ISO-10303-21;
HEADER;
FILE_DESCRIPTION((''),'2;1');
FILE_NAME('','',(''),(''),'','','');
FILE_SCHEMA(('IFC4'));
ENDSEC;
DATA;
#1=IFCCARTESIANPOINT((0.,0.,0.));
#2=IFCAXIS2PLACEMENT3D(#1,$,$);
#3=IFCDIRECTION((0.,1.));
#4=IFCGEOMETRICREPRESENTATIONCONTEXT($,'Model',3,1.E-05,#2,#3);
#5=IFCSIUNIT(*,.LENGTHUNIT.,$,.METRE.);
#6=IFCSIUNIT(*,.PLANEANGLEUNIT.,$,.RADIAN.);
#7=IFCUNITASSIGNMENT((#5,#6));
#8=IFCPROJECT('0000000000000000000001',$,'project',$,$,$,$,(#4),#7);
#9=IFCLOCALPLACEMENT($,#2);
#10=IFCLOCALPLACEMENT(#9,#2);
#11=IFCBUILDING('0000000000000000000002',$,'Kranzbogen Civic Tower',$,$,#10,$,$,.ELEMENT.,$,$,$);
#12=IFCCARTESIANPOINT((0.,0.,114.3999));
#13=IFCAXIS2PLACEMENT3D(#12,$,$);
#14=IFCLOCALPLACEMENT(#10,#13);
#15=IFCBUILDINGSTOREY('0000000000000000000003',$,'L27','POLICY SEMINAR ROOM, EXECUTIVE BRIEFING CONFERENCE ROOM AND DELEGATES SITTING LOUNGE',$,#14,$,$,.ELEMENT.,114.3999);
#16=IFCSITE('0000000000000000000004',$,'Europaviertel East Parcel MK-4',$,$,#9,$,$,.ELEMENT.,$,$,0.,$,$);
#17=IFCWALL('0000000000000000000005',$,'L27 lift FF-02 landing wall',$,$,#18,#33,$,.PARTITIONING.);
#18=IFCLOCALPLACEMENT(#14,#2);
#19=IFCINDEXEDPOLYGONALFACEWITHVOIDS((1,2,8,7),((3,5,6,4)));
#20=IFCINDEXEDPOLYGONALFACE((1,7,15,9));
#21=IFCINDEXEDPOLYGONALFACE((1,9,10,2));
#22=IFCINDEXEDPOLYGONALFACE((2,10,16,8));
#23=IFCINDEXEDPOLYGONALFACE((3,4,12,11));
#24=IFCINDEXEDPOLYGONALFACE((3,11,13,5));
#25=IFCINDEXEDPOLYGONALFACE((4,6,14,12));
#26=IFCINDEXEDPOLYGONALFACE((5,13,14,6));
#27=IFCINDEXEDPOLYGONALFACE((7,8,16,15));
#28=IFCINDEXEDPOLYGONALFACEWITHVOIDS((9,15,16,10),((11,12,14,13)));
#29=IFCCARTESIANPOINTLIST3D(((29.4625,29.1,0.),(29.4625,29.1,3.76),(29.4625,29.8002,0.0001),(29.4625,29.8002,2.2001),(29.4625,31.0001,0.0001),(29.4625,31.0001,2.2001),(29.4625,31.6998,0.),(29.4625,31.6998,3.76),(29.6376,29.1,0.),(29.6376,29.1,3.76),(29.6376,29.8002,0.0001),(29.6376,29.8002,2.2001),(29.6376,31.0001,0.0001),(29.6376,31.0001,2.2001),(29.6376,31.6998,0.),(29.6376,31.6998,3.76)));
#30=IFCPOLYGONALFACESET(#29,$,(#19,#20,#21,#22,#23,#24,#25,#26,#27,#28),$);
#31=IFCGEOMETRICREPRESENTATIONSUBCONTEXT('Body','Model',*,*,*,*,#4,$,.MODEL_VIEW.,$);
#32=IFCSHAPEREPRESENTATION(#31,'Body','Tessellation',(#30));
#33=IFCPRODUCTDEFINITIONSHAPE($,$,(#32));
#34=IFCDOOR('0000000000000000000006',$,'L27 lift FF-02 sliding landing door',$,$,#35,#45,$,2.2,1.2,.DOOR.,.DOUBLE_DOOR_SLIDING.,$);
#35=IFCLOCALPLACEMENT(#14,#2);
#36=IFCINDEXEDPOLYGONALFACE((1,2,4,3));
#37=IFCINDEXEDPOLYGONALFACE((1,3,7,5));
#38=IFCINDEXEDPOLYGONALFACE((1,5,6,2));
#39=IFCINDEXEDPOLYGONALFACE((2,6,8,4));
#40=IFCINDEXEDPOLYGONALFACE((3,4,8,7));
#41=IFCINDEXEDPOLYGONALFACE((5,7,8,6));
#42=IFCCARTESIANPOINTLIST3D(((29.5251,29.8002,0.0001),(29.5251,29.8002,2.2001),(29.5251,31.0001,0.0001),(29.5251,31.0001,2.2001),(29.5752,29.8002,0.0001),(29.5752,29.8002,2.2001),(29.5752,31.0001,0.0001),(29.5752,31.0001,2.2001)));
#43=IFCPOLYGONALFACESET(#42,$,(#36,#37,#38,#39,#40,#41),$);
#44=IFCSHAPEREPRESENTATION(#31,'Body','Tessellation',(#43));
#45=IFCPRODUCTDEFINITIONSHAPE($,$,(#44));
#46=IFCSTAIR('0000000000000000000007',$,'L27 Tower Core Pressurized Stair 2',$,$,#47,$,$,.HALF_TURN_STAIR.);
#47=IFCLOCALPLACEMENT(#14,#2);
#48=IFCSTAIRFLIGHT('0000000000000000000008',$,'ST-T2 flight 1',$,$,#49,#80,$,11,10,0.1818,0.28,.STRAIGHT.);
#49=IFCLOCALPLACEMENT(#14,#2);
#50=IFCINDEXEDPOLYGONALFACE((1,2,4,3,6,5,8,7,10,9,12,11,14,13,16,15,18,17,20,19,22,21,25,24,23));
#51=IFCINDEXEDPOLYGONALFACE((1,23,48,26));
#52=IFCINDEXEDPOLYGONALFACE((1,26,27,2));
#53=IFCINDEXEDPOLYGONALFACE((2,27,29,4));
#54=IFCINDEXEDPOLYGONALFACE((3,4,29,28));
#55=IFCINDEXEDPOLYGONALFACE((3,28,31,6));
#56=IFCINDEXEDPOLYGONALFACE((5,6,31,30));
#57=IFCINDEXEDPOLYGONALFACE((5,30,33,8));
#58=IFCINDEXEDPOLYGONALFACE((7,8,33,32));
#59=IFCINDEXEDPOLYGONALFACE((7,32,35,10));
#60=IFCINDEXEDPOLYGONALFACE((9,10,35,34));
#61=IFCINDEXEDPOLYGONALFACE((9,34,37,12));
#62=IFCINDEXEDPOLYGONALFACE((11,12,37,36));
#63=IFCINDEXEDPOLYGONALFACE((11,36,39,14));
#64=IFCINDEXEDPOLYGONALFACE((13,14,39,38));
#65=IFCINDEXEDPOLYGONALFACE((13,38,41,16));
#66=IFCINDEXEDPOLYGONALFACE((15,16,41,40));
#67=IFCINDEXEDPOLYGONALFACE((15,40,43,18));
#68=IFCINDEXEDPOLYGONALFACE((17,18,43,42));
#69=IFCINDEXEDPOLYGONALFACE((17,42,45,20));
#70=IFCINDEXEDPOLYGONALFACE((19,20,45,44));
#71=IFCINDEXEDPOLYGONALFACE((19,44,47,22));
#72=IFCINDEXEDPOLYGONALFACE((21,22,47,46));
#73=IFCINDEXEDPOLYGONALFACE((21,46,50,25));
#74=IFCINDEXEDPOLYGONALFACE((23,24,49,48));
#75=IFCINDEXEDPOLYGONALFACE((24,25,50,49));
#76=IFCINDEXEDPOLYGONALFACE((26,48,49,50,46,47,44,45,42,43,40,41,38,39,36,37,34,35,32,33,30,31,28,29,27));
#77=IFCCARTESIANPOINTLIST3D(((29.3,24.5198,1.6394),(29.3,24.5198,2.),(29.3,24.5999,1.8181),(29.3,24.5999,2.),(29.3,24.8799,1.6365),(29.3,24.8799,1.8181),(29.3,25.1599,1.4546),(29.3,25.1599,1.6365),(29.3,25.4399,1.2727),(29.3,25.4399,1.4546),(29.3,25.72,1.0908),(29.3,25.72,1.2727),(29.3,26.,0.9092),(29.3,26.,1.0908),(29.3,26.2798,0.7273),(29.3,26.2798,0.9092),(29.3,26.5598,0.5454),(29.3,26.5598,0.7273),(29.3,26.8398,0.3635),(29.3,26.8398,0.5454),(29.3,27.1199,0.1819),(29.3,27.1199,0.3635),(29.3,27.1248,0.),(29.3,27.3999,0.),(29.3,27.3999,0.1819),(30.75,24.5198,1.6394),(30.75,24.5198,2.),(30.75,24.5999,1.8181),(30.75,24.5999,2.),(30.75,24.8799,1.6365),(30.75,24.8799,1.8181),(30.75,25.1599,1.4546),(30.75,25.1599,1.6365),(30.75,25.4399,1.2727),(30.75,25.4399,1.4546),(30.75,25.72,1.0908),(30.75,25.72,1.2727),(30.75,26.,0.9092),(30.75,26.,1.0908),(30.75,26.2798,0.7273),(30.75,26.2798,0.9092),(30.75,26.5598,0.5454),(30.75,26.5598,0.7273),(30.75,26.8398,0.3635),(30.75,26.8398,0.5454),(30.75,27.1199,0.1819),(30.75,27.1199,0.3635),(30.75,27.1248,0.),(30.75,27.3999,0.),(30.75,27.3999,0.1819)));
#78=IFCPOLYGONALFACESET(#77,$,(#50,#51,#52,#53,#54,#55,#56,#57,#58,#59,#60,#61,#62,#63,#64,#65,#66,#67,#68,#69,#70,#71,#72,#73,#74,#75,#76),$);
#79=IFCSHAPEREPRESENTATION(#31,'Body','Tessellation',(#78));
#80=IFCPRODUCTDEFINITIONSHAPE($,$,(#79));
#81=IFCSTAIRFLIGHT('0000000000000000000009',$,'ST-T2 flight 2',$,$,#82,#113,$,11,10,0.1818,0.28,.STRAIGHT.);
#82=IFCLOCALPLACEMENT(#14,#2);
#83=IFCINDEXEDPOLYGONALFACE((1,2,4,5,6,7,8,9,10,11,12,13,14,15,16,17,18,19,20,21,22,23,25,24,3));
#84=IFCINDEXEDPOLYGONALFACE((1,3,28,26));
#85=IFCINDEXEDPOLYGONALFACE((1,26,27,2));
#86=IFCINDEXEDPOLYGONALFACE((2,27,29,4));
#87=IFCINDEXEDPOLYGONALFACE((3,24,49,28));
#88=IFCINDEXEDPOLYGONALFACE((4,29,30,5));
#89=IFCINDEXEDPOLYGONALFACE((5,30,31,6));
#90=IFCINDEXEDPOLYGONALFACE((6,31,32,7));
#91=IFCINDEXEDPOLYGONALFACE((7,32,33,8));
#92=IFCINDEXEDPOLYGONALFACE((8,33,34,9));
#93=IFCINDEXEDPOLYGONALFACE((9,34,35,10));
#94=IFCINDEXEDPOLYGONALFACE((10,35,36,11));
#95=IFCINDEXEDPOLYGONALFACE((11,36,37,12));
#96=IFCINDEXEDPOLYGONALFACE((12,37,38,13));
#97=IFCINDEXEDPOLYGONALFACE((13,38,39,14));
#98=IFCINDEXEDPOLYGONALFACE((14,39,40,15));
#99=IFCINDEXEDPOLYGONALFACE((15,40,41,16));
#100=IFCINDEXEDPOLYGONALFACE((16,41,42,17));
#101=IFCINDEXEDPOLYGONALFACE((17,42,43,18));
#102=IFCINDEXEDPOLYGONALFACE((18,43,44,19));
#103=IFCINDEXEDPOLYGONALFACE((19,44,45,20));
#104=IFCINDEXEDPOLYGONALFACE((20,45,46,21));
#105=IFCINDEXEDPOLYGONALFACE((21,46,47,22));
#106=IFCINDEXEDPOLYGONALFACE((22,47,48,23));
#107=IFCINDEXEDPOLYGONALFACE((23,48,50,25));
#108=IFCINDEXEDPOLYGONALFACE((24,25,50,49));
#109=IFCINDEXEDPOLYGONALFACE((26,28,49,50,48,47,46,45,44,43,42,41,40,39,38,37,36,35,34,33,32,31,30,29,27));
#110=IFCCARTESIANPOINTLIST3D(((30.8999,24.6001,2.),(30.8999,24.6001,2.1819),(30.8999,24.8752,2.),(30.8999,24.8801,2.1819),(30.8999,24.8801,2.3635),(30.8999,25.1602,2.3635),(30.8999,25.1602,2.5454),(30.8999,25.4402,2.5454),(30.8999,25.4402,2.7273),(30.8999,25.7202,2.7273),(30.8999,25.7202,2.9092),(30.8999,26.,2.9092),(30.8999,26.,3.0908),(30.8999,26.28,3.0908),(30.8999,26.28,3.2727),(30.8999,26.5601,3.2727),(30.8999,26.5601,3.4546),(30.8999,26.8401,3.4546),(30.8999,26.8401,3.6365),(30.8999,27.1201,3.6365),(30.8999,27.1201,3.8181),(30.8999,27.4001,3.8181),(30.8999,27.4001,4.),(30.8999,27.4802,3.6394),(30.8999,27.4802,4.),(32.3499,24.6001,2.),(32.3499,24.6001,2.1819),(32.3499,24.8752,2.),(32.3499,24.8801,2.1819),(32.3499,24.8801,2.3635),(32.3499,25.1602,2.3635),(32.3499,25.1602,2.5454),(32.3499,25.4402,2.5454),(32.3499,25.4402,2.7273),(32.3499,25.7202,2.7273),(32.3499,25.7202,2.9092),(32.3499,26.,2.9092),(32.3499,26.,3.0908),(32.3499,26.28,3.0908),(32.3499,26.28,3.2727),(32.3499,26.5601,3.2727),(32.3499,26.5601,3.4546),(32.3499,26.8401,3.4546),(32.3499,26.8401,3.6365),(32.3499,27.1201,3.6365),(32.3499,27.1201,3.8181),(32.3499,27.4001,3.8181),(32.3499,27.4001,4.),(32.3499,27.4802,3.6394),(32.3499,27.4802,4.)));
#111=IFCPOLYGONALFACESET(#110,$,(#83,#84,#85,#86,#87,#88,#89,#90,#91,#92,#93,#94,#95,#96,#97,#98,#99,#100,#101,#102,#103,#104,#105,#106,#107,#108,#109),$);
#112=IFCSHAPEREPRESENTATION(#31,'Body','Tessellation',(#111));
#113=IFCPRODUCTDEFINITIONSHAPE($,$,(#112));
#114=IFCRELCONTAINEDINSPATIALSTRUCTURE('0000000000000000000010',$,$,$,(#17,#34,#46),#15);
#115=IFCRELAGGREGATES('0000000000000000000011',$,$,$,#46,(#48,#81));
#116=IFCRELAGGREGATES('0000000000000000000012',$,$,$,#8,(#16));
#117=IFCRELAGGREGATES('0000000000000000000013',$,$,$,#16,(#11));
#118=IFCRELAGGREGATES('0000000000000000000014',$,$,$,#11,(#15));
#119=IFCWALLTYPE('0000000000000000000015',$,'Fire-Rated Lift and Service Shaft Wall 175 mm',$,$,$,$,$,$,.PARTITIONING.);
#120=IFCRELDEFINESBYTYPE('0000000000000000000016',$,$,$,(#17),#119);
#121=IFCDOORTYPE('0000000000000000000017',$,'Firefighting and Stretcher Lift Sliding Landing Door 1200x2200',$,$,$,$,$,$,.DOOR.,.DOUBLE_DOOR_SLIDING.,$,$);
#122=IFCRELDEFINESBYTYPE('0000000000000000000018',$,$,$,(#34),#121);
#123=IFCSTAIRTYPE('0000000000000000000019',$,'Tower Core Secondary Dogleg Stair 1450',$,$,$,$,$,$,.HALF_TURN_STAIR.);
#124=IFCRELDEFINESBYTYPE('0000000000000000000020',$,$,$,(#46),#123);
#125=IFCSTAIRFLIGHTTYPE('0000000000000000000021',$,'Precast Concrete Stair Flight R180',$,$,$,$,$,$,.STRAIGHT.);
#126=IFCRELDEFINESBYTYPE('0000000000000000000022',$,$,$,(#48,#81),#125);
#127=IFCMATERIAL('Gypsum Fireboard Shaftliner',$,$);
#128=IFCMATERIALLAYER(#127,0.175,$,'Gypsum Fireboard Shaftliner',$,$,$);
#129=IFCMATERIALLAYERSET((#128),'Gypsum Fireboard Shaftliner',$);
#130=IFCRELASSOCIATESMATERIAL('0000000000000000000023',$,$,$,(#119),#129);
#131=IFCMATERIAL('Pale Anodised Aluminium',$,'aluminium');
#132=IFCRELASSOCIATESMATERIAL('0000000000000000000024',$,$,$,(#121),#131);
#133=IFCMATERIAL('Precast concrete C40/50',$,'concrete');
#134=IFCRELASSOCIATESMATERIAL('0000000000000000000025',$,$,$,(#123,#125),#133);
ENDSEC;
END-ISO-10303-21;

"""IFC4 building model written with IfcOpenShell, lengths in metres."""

from ifc_helpers import new_model, si_unit, direction, frame, frame_2d, origin, place, context, subcontext, project, spatial, polyline, rectangle, outline, extrude, material, layer, layer_set, type_object, element, fill, aggregate, save


model = new_model("IFC4")

# Units and contexts
model_context = context("Model", 3, precision=1e-05, world=origin(), true_north=direction((0.0, 1.0)))
body_context = subcontext(model_context, "Body", "Model", "MODEL_VIEW")
ifc_project = project(units=[si_unit("LENGTHUNIT", "METRE"), si_unit("PLANEANGLEUNIT", "RADIAN")], contexts=[model_context])

# Site, building, storey
site_placement = place(None, origin())
site = spatial("IfcSite", under=ifc_project, at=site_placement, Name="Europaviertel East Parcel MK-4", CompositionType="ELEMENT", RefElevation=0.0)
building_placement = place(site_placement, origin())
building = spatial("IfcBuilding", under=site, at=building_placement, Name="Kranzbogen Civic Tower", CompositionType="ELEMENT")
storey_placement = place(building_placement, frame((0.0, 0.0, 114.3999)))
storey = spatial("IfcBuildingStorey", under=building, at=storey_placement, Name="L27", Description="POLICY SEMINAR ROOM, EXECUTIVE BRIEFING CONFERENCE ROOM AND DELEGATES SITTING LOUNGE", CompositionType="ELEMENT", Elevation=114.3999)

# Shared definitions
ifc_material_1 = material(Name="Gypsum Fireboard Shaftliner")
ifc_layer_1 = layer(ifc_material_1, 0.175, Name="Gypsum Fireboard Shaftliner")
ifc_layer_set_1 = layer_set([ifc_layer_1], Name="Gypsum Fireboard Shaftliner")
wall_type_1 = type_object("IfcWallType", Name="Fire-Rated Lift and Service Shaft Wall 175 mm", PredefinedType="PARTITIONING", material=ifc_layer_set_1)

# Wall, opening, door
wall_1_placement = place(storey_placement, frame((29.55, 29.1001, 0.0), z_axis=(0.0, 0.0, 1.0), x_axis=(0.0, 1.0, 0.0)))
wall_1 = element("IfcWall", 1, at=wall_1_placement, inside=storey, type_object=wall_type_1, Name="L27 lift FF-02 landing wall", PredefinedType="PARTITIONING", context=body_context, shape_type="SweptSolid", body=[
    extrude(rectangle(XDim=2.5999, YDim=0.175, at=frame_2d((1.2998, 0.0))), origin(), (0.0, 0.0, 1.0), 3.76),
])
opening_1_placement = place(wall_1_placement, frame((0.7, 0.0, 0.0)))
opening_1 = element("IfcOpeningElement", 2, at=opening_1_placement, cuts=wall_1, PredefinedType="OPENING", context=body_context, shape_type="SweptSolid", body=[
    extrude(rectangle(XDim=1.2, YDim=2.2, at=frame_2d((0.6001, 1.1001))), frame((0.0, 0.0977, 0.0), z_axis=(0.0, -1.0, 0.0), x_axis=(1.0, 0.0, 0.0)), (0.0, 0.0, 1.0), 0.1951),
])
ifc_material_2 = material(Name="Pale Anodised Aluminium", Category="aluminium")
door_type_1 = type_object("IfcDoorType", Name="Firefighting and Stretcher Lift Sliding Landing Door 1200x2200", OperationType="DOUBLE_DOOR_SLIDING", PredefinedType="DOOR", material=ifc_material_2)
door_1_placement = place(opening_1_placement, origin())
door_1 = element("IfcDoor", 3, at=door_1_placement, inside=storey, type_object=door_type_1, Name="L27 lift FF-02 sliding landing door", OperationType="DOUBLE_DOOR_SLIDING", OverallHeight=2.2, OverallWidth=1.2, PredefinedType="DOOR", context=body_context, shape_type="SweptSolid", body=[
    extrude(rectangle(XDim=1.2, YDim=2.2, at=frame_2d((0.6001, 1.1001))), frame((0.0, 0.0249, 0.0), z_axis=(0.0, -1.0, 0.0), x_axis=(1.0, 0.0, 0.0)), (0.0, 0.0, 1.0), 0.05),
])
fill(opening_1, door_1)

# Stair, stair flights
ifc_material_3 = material(Name="Precast concrete C40/50", Category="concrete")
stair_type = type_object("IfcStairType", Name="Tower Core Secondary Dogleg Stair 1450", PredefinedType="HALF_TURN_STAIR", material=ifc_material_3)
stair_placement = place(storey_placement, origin())
stair = element("IfcStair", 4, at=stair_placement, inside=storey, type_object=stair_type, Name="L27 Tower Core Pressurized Stair 2", PredefinedType="HALF_TURN_STAIR")
stair_flight_type = type_object("IfcStairFlightType", Name="Precast Concrete Stair Flight R180", PredefinedType="STRAIGHT", material=ifc_material_3)
stair_flight_1_placement = place(storey_placement, frame((30.0249, 27.3999, 0.0), z_axis=(0.0, 0.0, 1.0), x_axis=(0.0, -1.0, 0.0)))
stair_flight_1 = element("IfcStairFlight", 5, at=stair_flight_1_placement, type_object=stair_flight_type, Name="ST-T2 flight 1", NumberOfRisers=11, NumberOfTreads=10, PredefinedType="STRAIGHT", RiserHeight=0.1818, TreadLength=0.28, context=body_context, shape_type="SweptSolid", body=[
    extrude(outline(polyline([(0.0, 0.0), (0.0, 0.1819), (0.28, 0.1819), (0.28, 0.3635), (0.5601, 0.3635), (0.5601, 0.5454), (0.8401, 0.5454), (0.8401, 0.7273), (1.1201, 0.7273), (1.1201, 0.9092), (1.3999, 0.9092), (1.3999, 1.0908), (1.6799, 1.0908), (1.6799, 1.2727), (1.96, 1.2727), (1.96, 1.4546), (2.24, 1.4546), (2.24, 1.6365), (2.52, 1.6365), (2.52, 1.8181), (2.8, 1.8181), (2.8, 2.0), (2.8801, 2.0), (2.8801, 1.6394), (0.2751, 0.0), (0.0, 0.0)])), frame((0.0, 0.7251, 0.0), z_axis=(0.0, -1.0, 0.0), x_axis=(1.0, 0.0, 0.0)), (0.0, 0.0, 1.0), 1.45),
])
stair_flight_2_placement = place(storey_placement, frame((31.625, 24.6001, 2.0), z_axis=(0.0, 0.0, 1.0), x_axis=(0.0, 1.0, 0.0)))
stair_flight_2 = element("IfcStairFlight", 6, at=stair_flight_2_placement, type_object=stair_flight_type, Name="ST-T2 flight 2", NumberOfRisers=11, NumberOfTreads=10, PredefinedType="STRAIGHT", RiserHeight=0.1818, TreadLength=0.28, context=body_context, shape_type="SweptSolid", body=[
    extrude(outline(polyline([(0.0, 0.0), (0.0, 0.1819), (0.28, 0.1819), (0.28, 0.3635), (0.5601, 0.3635), (0.5601, 0.5454), (0.8401, 0.5454), (0.8401, 0.7273), (1.1201, 0.7273), (1.1201, 0.9092), (1.3999, 0.9092), (1.3999, 1.0908), (1.6799, 1.0908), (1.6799, 1.2727), (1.96, 1.2727), (1.96, 1.4546), (2.24, 1.4546), (2.24, 1.6365), (2.52, 1.6365), (2.52, 1.8181), (2.8, 1.8181), (2.8, 2.0), (2.8801, 2.0), (2.8801, 1.6394), (0.2751, 0.0), (0.0, 0.0)])), frame((0.0, 0.7251, 0.0), z_axis=(0.0, -1.0, 0.0), x_axis=(1.0, 0.0, 0.0)), (0.0, 0.0, 1.0), 1.45),
])
aggregate(stair, [stair_flight_1, stair_flight_2])

save(model, "model.ifc")
